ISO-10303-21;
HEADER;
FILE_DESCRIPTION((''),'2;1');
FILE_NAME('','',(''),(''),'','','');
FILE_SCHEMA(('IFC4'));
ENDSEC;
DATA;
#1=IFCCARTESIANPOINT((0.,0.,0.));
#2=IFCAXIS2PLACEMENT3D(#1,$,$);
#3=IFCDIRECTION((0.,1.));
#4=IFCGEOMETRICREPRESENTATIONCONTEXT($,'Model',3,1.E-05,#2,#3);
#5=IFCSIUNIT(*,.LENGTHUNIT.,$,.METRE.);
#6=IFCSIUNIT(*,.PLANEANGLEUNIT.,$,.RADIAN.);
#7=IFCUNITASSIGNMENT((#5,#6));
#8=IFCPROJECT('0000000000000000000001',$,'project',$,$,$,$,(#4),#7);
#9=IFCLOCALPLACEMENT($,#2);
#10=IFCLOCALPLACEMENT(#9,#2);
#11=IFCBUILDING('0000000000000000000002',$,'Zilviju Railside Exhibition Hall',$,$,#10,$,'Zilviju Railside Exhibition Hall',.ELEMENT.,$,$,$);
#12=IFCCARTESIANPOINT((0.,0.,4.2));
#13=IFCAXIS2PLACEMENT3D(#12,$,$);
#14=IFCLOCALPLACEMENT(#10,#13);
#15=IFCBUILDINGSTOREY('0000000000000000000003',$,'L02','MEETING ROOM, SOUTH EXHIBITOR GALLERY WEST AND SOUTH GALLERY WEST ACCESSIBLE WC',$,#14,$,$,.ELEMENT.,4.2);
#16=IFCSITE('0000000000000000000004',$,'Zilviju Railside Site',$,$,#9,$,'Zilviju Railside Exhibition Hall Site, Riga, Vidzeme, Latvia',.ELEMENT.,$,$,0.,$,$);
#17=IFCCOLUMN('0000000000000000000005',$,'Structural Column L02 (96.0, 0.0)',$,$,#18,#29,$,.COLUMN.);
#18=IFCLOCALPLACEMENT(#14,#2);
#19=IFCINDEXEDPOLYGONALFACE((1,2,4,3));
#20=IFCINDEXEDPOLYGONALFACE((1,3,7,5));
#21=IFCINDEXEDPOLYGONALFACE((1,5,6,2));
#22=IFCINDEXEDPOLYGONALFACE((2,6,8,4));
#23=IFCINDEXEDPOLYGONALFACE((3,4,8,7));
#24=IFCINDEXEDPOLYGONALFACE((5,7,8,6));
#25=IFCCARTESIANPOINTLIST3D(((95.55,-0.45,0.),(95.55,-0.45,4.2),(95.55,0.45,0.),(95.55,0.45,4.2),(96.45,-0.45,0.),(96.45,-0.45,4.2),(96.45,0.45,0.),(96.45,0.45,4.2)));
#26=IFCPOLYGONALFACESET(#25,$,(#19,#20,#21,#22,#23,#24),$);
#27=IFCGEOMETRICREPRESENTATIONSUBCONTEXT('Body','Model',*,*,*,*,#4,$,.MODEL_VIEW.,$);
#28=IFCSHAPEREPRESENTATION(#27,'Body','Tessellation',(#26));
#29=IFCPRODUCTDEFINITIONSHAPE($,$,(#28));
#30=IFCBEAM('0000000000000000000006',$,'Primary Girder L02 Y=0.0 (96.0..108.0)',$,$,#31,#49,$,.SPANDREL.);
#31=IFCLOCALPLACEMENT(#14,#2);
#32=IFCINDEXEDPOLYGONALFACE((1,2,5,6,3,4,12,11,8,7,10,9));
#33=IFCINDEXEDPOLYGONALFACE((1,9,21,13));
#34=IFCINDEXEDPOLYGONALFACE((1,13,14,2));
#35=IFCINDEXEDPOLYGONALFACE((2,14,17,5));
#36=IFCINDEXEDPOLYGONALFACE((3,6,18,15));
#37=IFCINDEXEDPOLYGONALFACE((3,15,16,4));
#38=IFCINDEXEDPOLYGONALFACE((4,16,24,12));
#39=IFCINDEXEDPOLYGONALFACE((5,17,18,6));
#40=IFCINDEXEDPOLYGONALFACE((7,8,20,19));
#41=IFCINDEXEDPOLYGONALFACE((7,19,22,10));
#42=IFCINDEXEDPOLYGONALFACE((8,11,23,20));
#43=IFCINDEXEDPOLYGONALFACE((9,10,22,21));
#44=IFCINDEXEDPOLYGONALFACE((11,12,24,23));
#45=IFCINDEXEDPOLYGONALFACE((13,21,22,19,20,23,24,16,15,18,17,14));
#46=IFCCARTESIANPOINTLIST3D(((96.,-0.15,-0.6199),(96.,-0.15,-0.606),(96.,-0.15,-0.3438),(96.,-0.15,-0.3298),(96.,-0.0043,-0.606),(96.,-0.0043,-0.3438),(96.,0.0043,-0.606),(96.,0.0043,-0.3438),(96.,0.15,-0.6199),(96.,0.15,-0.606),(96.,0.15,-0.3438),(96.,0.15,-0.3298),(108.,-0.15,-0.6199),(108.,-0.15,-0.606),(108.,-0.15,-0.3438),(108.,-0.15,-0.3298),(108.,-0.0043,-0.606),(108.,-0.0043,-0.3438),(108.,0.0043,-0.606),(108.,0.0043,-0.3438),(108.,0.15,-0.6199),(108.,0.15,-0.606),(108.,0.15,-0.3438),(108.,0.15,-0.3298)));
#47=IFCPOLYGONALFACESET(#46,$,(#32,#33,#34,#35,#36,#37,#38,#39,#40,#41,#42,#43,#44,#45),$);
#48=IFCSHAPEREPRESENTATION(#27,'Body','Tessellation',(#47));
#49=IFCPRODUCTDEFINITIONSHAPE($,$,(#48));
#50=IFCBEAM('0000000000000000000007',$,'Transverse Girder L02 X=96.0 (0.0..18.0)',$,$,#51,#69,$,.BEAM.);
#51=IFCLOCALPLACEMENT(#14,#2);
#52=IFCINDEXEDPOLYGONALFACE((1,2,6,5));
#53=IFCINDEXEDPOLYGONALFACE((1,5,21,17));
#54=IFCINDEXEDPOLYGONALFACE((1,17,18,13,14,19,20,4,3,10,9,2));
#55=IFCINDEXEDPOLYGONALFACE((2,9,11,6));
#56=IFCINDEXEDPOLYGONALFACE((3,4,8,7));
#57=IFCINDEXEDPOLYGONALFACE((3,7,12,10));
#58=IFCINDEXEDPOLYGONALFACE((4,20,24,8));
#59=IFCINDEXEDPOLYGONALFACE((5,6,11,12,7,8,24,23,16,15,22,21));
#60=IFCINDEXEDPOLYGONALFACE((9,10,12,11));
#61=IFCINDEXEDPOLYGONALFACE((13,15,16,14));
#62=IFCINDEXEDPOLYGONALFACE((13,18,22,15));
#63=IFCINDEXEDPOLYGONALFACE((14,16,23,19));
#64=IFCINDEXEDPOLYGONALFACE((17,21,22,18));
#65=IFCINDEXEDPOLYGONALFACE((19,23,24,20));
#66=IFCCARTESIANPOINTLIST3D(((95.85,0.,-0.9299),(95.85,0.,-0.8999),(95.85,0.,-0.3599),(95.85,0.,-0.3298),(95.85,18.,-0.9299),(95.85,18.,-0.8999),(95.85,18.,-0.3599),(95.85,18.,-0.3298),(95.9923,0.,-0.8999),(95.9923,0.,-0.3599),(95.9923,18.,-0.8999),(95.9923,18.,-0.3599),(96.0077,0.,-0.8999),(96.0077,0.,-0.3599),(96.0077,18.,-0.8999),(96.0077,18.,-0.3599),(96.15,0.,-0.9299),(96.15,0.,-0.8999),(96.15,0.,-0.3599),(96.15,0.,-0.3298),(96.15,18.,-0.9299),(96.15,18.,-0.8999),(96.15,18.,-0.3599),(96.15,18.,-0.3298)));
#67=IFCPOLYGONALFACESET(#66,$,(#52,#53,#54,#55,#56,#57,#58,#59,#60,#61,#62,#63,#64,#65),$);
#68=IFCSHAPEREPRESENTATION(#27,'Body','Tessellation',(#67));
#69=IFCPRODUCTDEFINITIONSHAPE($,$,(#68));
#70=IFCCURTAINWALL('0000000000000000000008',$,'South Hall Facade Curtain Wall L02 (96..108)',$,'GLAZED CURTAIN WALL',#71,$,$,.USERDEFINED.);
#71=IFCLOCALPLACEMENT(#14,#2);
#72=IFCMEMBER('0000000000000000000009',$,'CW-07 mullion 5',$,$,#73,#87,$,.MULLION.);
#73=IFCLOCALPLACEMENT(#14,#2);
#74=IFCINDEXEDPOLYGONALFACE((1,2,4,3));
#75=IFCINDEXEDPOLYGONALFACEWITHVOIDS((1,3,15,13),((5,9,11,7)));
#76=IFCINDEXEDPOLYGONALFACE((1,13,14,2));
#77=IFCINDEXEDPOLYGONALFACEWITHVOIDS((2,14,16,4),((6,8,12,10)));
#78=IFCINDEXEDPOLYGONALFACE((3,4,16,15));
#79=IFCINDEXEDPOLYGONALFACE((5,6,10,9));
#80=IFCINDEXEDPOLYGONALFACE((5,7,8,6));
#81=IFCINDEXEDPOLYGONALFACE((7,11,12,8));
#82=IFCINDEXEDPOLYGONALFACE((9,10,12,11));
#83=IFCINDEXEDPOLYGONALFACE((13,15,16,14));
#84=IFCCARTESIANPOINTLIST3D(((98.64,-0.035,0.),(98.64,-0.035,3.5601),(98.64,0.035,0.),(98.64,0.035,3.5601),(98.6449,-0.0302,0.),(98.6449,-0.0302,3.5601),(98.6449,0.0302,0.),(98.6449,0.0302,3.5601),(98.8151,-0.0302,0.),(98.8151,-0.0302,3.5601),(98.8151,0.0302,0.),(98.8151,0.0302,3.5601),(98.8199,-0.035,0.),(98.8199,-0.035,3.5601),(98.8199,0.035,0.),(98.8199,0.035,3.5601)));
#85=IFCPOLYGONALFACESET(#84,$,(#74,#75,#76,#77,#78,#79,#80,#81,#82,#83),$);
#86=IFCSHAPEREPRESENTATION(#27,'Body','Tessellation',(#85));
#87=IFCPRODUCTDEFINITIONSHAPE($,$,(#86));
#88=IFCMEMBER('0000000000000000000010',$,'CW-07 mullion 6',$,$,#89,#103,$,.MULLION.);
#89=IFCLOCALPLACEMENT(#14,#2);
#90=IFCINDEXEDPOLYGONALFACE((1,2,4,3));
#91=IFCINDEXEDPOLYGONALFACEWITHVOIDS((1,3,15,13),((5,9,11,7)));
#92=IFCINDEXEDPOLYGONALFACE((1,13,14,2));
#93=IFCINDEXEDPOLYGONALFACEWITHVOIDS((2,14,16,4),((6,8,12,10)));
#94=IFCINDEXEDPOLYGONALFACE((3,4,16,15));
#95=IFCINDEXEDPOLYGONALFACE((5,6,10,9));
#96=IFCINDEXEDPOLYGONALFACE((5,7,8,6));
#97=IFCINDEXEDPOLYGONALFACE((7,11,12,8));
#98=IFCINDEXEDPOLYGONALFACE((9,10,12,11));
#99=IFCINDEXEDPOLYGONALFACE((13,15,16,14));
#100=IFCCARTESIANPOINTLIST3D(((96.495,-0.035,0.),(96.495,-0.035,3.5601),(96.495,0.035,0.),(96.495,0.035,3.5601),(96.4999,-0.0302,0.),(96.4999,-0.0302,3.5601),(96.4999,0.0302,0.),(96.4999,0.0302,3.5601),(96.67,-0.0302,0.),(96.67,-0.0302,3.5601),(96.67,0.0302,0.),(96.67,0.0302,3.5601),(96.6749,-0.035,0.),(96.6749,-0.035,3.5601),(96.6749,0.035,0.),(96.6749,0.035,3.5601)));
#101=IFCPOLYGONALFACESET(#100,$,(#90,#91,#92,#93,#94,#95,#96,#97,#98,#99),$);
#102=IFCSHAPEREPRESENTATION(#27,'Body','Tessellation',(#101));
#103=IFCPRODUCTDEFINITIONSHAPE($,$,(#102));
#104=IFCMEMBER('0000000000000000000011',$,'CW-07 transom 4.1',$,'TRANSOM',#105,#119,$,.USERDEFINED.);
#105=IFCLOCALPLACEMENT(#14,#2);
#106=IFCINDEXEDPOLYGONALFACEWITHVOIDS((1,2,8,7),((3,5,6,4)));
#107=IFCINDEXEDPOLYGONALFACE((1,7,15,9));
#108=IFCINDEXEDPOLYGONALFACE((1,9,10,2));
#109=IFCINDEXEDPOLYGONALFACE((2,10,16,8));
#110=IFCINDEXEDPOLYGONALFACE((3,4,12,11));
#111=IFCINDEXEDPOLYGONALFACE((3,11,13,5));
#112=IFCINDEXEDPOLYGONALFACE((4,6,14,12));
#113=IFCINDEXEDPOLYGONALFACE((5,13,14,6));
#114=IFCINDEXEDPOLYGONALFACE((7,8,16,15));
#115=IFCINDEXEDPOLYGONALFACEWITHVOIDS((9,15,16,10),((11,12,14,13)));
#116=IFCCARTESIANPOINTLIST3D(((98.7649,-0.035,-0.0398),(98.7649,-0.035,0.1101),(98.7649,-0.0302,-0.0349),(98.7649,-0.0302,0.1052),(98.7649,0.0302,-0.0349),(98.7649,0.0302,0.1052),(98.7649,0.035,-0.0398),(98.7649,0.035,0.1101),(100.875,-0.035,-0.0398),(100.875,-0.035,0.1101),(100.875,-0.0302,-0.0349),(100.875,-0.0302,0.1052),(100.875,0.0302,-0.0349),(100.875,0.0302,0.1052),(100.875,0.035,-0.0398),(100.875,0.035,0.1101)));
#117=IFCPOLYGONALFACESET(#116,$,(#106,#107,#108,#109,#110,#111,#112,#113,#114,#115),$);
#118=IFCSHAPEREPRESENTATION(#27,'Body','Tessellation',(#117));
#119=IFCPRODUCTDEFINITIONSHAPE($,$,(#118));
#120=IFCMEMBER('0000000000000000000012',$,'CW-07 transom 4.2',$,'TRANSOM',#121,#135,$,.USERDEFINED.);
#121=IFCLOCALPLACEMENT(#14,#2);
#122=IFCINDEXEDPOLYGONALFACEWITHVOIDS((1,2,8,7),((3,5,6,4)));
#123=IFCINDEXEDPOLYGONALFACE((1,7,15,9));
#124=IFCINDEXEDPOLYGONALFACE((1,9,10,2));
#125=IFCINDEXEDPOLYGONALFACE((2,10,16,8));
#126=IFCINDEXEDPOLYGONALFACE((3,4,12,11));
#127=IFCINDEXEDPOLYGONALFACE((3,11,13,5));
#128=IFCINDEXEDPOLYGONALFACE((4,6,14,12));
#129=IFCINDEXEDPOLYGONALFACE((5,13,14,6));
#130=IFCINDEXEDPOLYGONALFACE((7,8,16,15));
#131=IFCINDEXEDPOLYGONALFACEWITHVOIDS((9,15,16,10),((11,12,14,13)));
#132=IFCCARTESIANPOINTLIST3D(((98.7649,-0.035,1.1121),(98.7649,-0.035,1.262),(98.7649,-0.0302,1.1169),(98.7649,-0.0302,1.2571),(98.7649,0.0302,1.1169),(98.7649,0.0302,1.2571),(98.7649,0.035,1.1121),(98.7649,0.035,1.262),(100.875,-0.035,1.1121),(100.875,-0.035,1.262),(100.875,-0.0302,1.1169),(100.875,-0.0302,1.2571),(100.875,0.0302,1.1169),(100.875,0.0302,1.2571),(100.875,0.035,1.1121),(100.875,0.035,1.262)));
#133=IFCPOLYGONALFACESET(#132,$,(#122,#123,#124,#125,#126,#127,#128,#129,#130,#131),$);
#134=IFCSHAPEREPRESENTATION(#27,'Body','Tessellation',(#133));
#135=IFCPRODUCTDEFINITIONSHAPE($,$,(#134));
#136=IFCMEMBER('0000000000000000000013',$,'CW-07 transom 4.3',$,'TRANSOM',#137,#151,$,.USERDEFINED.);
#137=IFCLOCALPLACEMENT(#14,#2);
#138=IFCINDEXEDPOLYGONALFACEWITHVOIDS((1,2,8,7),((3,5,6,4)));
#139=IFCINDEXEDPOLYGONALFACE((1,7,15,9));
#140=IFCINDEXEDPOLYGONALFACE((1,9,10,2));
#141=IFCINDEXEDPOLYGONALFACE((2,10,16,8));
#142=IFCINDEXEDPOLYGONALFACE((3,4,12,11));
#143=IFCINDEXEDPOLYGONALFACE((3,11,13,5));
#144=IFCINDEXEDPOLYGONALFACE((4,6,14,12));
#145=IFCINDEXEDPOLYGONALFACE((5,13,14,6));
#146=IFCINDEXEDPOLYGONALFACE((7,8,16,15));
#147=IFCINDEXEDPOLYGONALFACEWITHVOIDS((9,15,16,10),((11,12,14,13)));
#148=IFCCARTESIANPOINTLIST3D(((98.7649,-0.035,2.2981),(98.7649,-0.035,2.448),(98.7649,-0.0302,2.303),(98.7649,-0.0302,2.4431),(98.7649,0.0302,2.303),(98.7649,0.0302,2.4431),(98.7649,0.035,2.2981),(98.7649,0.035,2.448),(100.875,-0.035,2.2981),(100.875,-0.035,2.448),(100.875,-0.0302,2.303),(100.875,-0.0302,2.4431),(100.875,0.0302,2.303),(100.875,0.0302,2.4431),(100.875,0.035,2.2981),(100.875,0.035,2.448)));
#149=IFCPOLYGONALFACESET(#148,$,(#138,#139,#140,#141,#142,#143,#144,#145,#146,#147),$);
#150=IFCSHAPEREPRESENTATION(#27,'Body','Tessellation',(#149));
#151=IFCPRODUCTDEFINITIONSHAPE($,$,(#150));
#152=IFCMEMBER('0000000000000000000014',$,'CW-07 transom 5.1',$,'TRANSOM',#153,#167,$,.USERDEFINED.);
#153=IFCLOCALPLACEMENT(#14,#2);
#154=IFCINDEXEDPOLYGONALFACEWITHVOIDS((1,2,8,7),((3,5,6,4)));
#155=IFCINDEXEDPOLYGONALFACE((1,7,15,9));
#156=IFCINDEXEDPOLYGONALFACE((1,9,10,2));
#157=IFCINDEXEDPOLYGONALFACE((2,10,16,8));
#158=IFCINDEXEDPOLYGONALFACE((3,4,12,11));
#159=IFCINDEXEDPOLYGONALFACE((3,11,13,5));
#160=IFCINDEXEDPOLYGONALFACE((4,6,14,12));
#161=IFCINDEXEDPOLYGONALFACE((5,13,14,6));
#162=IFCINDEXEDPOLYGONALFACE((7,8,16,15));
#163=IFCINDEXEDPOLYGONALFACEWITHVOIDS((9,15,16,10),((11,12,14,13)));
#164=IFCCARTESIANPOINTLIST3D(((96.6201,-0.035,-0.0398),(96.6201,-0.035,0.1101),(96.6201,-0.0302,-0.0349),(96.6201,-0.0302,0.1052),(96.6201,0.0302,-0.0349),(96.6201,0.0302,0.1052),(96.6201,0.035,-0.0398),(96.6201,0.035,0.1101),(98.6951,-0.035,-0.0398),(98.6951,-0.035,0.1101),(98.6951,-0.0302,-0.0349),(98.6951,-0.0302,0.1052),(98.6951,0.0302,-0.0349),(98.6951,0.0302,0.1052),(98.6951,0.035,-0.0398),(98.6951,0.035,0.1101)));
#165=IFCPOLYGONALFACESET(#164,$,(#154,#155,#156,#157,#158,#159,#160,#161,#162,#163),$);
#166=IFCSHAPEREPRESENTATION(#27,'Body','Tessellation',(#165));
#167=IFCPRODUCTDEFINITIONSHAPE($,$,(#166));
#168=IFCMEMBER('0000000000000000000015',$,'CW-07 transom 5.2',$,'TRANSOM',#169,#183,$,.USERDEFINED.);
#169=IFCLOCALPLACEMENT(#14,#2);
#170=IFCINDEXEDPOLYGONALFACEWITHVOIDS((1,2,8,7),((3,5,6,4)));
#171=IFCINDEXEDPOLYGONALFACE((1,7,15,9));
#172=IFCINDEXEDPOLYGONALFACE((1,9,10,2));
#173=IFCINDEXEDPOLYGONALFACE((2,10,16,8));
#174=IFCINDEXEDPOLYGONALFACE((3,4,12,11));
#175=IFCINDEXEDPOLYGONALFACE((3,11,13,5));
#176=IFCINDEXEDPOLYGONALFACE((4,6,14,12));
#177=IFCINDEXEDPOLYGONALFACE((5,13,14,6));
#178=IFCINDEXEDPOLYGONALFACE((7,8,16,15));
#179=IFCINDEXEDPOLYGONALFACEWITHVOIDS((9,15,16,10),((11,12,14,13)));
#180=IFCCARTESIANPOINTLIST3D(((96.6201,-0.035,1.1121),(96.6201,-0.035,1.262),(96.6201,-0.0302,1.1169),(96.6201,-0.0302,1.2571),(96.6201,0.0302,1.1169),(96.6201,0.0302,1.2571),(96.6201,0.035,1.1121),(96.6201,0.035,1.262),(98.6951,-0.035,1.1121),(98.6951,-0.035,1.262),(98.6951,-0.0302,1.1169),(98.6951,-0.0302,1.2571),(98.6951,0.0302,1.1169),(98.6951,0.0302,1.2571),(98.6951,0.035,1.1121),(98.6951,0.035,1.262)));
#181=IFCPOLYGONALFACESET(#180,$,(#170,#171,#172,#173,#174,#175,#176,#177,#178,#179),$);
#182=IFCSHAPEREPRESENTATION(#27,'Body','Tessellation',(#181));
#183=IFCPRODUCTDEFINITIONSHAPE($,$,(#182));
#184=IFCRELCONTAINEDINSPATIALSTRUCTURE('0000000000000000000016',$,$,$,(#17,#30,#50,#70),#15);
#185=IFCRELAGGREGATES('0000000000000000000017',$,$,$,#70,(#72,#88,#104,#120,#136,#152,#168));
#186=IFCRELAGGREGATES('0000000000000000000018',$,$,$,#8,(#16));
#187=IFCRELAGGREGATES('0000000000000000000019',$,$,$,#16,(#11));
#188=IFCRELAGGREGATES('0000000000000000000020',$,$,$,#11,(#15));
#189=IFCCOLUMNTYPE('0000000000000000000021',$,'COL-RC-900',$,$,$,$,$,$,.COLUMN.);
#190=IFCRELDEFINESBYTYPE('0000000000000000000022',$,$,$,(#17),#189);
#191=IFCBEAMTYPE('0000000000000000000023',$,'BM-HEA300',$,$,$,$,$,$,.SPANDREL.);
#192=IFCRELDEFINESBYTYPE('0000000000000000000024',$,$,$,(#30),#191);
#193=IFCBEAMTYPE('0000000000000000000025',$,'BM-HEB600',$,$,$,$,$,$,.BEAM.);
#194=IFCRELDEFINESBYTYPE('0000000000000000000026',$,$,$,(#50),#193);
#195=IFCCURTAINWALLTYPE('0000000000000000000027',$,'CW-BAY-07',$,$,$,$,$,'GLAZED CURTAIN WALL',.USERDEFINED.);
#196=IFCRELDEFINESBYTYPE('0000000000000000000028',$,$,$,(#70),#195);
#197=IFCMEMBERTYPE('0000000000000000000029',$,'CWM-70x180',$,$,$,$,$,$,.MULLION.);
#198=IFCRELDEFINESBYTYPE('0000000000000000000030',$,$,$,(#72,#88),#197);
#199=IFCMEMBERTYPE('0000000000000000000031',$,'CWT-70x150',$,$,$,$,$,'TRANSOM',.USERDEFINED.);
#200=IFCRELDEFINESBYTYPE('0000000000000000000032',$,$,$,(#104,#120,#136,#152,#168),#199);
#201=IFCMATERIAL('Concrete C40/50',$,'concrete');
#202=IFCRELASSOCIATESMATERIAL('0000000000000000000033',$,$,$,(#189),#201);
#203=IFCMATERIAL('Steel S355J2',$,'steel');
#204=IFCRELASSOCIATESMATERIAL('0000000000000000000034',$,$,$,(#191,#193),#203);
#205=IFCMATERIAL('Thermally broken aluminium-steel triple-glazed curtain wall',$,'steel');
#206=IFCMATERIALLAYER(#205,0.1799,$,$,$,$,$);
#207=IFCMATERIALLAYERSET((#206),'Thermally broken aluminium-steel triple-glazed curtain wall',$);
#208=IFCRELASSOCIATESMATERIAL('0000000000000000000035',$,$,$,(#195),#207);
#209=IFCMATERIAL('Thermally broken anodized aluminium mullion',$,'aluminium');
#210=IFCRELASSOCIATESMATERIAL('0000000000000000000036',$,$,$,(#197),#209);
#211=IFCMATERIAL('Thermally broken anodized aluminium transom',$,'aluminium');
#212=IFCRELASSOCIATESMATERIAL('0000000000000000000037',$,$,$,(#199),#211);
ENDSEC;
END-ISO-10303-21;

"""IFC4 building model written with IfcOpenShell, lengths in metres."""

from ifc_helpers import new_model, si_unit, direction, frame, origin, origin_2d, place, context, subcontext, project, spatial, rectangle, hollow_rectangle, i_section, extrude, material, layer, layer_set, material_profile, profile_set, type_object, element, aggregate, save


model = new_model("IFC4")

# Units and contexts
model_context = context("Model", 3, precision=1e-05, world=origin(), true_north=direction((0.0, 1.0)))
body_context = subcontext(model_context, "Body", "Model", "MODEL_VIEW")
ifc_project = project(units=[si_unit("LENGTHUNIT", "METRE"), si_unit("PLANEANGLEUNIT", "RADIAN")], contexts=[model_context])

# Site, building, storey
site_placement = place(None, origin())
site = spatial("IfcSite", under=ifc_project, at=site_placement, Name="Zilviju Railside Site", LongName="Zilviju Railside Exhibition Hall Site, Riga, Vidzeme, Latvia", CompositionType="ELEMENT", RefElevation=0.0)
building_placement = place(site_placement, origin())
building = spatial("IfcBuilding", under=site, at=building_placement, Name="Zilviju Railside Exhibition Hall", LongName="Zilviju Railside Exhibition Hall", CompositionType="ELEMENT")
storey_placement = place(building_placement, frame((0.0, 0.0, 4.2)))
storey = spatial("IfcBuildingStorey", under=building, at=storey_placement, Name="L02", Description="MEETING ROOM, SOUTH EXHIBITOR GALLERY WEST AND SOUTH GALLERY WEST ACCESSIBLE WC", CompositionType="ELEMENT", Elevation=4.2)

# Column
ifc_material_1 = material(Name="Concrete C40/50", Category="concrete")
ifc_material_profile_1 = material_profile(ifc_material_1, rectangle(XDim=0.8999, YDim=0.8999, at=origin_2d()), Name="RC COL 900x900")
ifc_profile_set_1 = profile_set([ifc_material_profile_1], Name="Concrete C40/50")
column_type = type_object("IfcColumnType", Name="COL-RC-900", PredefinedType="COLUMN", material=ifc_profile_set_1)
column_placement = place(storey_placement, frame((96.0, 0.0, 0.0), z_axis=(0.0, 0.0, 1.0), x_axis=(1.0, 0.0, 0.0)))
element("IfcColumn", 1, at=column_placement, inside=storey, type_object=column_type, Name="Structural Column L02 (96.0, 0.0)", PredefinedType="COLUMN", context=body_context, shape_type="SweptSolid", body=[
    extrude(rectangle(XDim=0.8999, YDim=0.8999, at=origin_2d()), origin(), (0.0, 0.0, 1.0), 4.2),
])

# Beams
ifc_material_2 = material(Name="Steel S355J2", Category="steel")
ifc_material_profile_2 = material_profile(ifc_material_2, i_section(OverallWidth=0.3, OverallDepth=0.29, WebThickness=0.0085, FlangeThickness=0.0139, at=origin_2d()), Name="HEA 300")
ifc_profile_set_2 = profile_set([ifc_material_profile_2], Name="Steel S355J2")
beam_type_1 = type_object("IfcBeamType", Name="BM-HEA300", PredefinedType="SPANDREL", material=ifc_profile_set_2)
beam_1_placement = place(storey_placement, frame((96.0, 0.0, -0.4749), z_axis=(1.0, 0.0, 0.0), x_axis=(0.0, 1.0, 0.0)))
element("IfcBeam", 2, at=beam_1_placement, inside=storey, type_object=beam_type_1, Name="Primary Girder L02 Y=0.0 (96.0..108.0)", PredefinedType="SPANDREL", context=body_context, shape_type="SweptSolid", body=[
    extrude(i_section(OverallWidth=0.3, OverallDepth=0.29, WebThickness=0.0085, FlangeThickness=0.0139, at=origin_2d()), origin(), (0.0, 0.0, 1.0), 12.0),
])
ifc_material_profile_3 = material_profile(ifc_material_2, i_section(OverallWidth=0.3, OverallDepth=0.6001, WebThickness=0.0154, FlangeThickness=0.03, at=origin_2d()), Name="HEB 600")
ifc_profile_set_3 = profile_set([ifc_material_profile_3], Name="Steel S355J2")
beam_type_2 = type_object("IfcBeamType", Name="BM-HEB600", PredefinedType="BEAM", material=ifc_profile_set_3)
beam_2_placement = place(storey_placement, frame((96.0, 0.0, -0.6299), z_axis=(0.0, 1.0, 0.0), x_axis=(-1.0, 0.0, 0.0)))
element("IfcBeam", 3, at=beam_2_placement, inside=storey, type_object=beam_type_2, Name="Transverse Girder L02 X=96.0 (0.0..18.0)", PredefinedType="BEAM", context=body_context, shape_type="SweptSolid", body=[
    extrude(i_section(OverallWidth=0.3, OverallDepth=0.6001, WebThickness=0.0154, FlangeThickness=0.03, at=origin_2d()), origin(), (0.0, 0.0, 1.0), 18.0),
])

# Curtain wall, members
ifc_material_3 = material(Name="Thermally broken aluminium-steel triple-glazed curtain wall", Category="steel")
ifc_layer_1 = layer(ifc_material_3, 0.1799)
ifc_layer_set_1 = layer_set([ifc_layer_1], Name="Thermally broken aluminium-steel triple-glazed curtain wall")
curtain_wall_type = type_object("IfcCurtainWallType", Name="CW-BAY-07", ElementType="GLAZED CURTAIN WALL", PredefinedType="USERDEFINED", material=ifc_layer_set_1)
curtain_wall_placement = place(storey_placement, origin())
curtain_wall = element("IfcCurtainWall", 4, at=curtain_wall_placement, inside=storey, type_object=curtain_wall_type, Name="South Hall Facade Curtain Wall L02 (96..108)", ObjectType="GLAZED CURTAIN WALL", PredefinedType="USERDEFINED")
ifc_material_4 = material(Name="Thermally broken anodized aluminium mullion", Category="aluminium")
ifc_material_profile_4 = material_profile(ifc_material_4, hollow_rectangle(XDim=0.0701, YDim=0.1799, WallThickness=0.0049, at=origin_2d()), Name="MULLION 180x70x5")
ifc_profile_set_4 = profile_set([ifc_material_profile_4], Name="Thermally broken anodized aluminium mullion")
member_type_1 = type_object("IfcMemberType", Name="CWM-70x180", PredefinedType="MULLION", material=ifc_profile_set_4)
member_1_placement = place(storey_placement, frame((98.73, 0.0, 0.0), z_axis=(0.0, 0.0, 1.0), x_axis=(0.0, -1.0, 0.0)))
member_1 = element("IfcMember", 5, at=member_1_placement, type_object=member_type_1, Name="CW-07 mullion 5", PredefinedType="MULLION", context=body_context, shape_type="SweptSolid", body=[
    extrude(hollow_rectangle(XDim=0.0701, YDim=0.1799, WallThickness=0.0049, at=origin_2d()), origin(), (0.0, 0.0, 1.0), 3.5601),
])
member_2_placement = place(storey_placement, frame((96.585, 0.0, 0.0), z_axis=(0.0, 0.0, 1.0), x_axis=(0.0, -1.0, 0.0)))
member_2 = element("IfcMember", 6, at=member_2_placement, type_object=member_type_1, Name="CW-07 mullion 6", PredefinedType="MULLION", context=body_context, shape_type="SweptSolid", body=[
    extrude(hollow_rectangle(XDim=0.0701, YDim=0.1799, WallThickness=0.0049, at=origin_2d()), origin(), (0.0, 0.0, 1.0), 3.5601),
])
ifc_material_5 = material(Name="Thermally broken anodized aluminium transom", Category="aluminium")
ifc_material_profile_5 = material_profile(ifc_material_5, hollow_rectangle(XDim=0.0701, YDim=0.1499, WallThickness=0.0049, at=origin_2d()), Name="TRANSOM 150x70x5")
ifc_profile_set_5 = profile_set([ifc_material_profile_5], Name="Thermally broken anodized aluminium transom")
member_type_2 = type_object("IfcMemberType", Name="CWT-70x150", ElementType="TRANSOM", PredefinedType="USERDEFINED", material=ifc_profile_set_5)
member_3_placement = place(storey_placement, frame((100.875, 0.0, 0.0352), z_axis=(-1.0, 0.0, 0.0), x_axis=(0.0, -1.0, 0.0)))
member_3 = element("IfcMember", 7, at=member_3_placement, type_object=member_type_2, Name="CW-07 transom 4.1", ObjectType="TRANSOM", PredefinedType="USERDEFINED", context=body_context, shape_type="SweptSolid", body=[
    extrude(hollow_rectangle(XDim=0.0701, YDim=0.1499, WallThickness=0.0049, at=origin_2d()), origin(), (0.0, 0.0, 1.0), 2.1101),
])
member_4_placement = place(storey_placement, frame((100.875, 0.0, 1.187), z_axis=(-1.0, 0.0, 0.0), x_axis=(0.0, -1.0, 0.0)))
member_4 = element("IfcMember", 8, at=member_4_placement, type_object=member_type_2, Name="CW-07 transom 4.2", ObjectType="TRANSOM", PredefinedType="USERDEFINED", context=body_context, shape_type="SweptSolid", body=[
    extrude(hollow_rectangle(XDim=0.0701, YDim=0.1499, WallThickness=0.0049, at=origin_2d()), origin(), (0.0, 0.0, 1.0), 2.1101),
])
member_5_placement = place(storey_placement, frame((100.875, 0.0, 2.373), z_axis=(-1.0, 0.0, 0.0), x_axis=(0.0, -1.0, 0.0)))
member_5 = element("IfcMember", 9, at=member_5_placement, type_object=member_type_2, Name="CW-07 transom 4.3", ObjectType="TRANSOM", PredefinedType="USERDEFINED", context=body_context, shape_type="SweptSolid", body=[
    extrude(hollow_rectangle(XDim=0.0701, YDim=0.1499, WallThickness=0.0049, at=origin_2d()), origin(), (0.0, 0.0, 1.0), 2.1101),
])
member_6_placement = place(storey_placement, frame((98.6951, 0.0, 0.0352), z_axis=(-1.0, 0.0, 0.0), x_axis=(0.0, -1.0, 0.0)))
member_6 = element("IfcMember", 10, at=member_6_placement, type_object=member_type_2, Name="CW-07 transom 5.1", ObjectType="TRANSOM", PredefinedType="USERDEFINED", context=body_context, shape_type="SweptSolid", body=[
    extrude(hollow_rectangle(XDim=0.0701, YDim=0.1499, WallThickness=0.0049, at=origin_2d()), origin(), (0.0, 0.0, 1.0), 2.075),
])
member_7_placement = place(storey_placement, frame((98.6951, 0.0, 1.187), z_axis=(-1.0, 0.0, 0.0), x_axis=(0.0, -1.0, 0.0)))
member_7 = element("IfcMember", 11, at=member_7_placement, type_object=member_type_2, Name="CW-07 transom 5.2", ObjectType="TRANSOM", PredefinedType="USERDEFINED", context=body_context, shape_type="SweptSolid", body=[
    extrude(hollow_rectangle(XDim=0.0701, YDim=0.1499, WallThickness=0.0049, at=origin_2d()), origin(), (0.0, 0.0, 1.0), 2.075),
])
aggregate(curtain_wall, [member_1, member_2, member_3, member_4, member_5, member_6, member_7])

save(model, "model.ifc")
